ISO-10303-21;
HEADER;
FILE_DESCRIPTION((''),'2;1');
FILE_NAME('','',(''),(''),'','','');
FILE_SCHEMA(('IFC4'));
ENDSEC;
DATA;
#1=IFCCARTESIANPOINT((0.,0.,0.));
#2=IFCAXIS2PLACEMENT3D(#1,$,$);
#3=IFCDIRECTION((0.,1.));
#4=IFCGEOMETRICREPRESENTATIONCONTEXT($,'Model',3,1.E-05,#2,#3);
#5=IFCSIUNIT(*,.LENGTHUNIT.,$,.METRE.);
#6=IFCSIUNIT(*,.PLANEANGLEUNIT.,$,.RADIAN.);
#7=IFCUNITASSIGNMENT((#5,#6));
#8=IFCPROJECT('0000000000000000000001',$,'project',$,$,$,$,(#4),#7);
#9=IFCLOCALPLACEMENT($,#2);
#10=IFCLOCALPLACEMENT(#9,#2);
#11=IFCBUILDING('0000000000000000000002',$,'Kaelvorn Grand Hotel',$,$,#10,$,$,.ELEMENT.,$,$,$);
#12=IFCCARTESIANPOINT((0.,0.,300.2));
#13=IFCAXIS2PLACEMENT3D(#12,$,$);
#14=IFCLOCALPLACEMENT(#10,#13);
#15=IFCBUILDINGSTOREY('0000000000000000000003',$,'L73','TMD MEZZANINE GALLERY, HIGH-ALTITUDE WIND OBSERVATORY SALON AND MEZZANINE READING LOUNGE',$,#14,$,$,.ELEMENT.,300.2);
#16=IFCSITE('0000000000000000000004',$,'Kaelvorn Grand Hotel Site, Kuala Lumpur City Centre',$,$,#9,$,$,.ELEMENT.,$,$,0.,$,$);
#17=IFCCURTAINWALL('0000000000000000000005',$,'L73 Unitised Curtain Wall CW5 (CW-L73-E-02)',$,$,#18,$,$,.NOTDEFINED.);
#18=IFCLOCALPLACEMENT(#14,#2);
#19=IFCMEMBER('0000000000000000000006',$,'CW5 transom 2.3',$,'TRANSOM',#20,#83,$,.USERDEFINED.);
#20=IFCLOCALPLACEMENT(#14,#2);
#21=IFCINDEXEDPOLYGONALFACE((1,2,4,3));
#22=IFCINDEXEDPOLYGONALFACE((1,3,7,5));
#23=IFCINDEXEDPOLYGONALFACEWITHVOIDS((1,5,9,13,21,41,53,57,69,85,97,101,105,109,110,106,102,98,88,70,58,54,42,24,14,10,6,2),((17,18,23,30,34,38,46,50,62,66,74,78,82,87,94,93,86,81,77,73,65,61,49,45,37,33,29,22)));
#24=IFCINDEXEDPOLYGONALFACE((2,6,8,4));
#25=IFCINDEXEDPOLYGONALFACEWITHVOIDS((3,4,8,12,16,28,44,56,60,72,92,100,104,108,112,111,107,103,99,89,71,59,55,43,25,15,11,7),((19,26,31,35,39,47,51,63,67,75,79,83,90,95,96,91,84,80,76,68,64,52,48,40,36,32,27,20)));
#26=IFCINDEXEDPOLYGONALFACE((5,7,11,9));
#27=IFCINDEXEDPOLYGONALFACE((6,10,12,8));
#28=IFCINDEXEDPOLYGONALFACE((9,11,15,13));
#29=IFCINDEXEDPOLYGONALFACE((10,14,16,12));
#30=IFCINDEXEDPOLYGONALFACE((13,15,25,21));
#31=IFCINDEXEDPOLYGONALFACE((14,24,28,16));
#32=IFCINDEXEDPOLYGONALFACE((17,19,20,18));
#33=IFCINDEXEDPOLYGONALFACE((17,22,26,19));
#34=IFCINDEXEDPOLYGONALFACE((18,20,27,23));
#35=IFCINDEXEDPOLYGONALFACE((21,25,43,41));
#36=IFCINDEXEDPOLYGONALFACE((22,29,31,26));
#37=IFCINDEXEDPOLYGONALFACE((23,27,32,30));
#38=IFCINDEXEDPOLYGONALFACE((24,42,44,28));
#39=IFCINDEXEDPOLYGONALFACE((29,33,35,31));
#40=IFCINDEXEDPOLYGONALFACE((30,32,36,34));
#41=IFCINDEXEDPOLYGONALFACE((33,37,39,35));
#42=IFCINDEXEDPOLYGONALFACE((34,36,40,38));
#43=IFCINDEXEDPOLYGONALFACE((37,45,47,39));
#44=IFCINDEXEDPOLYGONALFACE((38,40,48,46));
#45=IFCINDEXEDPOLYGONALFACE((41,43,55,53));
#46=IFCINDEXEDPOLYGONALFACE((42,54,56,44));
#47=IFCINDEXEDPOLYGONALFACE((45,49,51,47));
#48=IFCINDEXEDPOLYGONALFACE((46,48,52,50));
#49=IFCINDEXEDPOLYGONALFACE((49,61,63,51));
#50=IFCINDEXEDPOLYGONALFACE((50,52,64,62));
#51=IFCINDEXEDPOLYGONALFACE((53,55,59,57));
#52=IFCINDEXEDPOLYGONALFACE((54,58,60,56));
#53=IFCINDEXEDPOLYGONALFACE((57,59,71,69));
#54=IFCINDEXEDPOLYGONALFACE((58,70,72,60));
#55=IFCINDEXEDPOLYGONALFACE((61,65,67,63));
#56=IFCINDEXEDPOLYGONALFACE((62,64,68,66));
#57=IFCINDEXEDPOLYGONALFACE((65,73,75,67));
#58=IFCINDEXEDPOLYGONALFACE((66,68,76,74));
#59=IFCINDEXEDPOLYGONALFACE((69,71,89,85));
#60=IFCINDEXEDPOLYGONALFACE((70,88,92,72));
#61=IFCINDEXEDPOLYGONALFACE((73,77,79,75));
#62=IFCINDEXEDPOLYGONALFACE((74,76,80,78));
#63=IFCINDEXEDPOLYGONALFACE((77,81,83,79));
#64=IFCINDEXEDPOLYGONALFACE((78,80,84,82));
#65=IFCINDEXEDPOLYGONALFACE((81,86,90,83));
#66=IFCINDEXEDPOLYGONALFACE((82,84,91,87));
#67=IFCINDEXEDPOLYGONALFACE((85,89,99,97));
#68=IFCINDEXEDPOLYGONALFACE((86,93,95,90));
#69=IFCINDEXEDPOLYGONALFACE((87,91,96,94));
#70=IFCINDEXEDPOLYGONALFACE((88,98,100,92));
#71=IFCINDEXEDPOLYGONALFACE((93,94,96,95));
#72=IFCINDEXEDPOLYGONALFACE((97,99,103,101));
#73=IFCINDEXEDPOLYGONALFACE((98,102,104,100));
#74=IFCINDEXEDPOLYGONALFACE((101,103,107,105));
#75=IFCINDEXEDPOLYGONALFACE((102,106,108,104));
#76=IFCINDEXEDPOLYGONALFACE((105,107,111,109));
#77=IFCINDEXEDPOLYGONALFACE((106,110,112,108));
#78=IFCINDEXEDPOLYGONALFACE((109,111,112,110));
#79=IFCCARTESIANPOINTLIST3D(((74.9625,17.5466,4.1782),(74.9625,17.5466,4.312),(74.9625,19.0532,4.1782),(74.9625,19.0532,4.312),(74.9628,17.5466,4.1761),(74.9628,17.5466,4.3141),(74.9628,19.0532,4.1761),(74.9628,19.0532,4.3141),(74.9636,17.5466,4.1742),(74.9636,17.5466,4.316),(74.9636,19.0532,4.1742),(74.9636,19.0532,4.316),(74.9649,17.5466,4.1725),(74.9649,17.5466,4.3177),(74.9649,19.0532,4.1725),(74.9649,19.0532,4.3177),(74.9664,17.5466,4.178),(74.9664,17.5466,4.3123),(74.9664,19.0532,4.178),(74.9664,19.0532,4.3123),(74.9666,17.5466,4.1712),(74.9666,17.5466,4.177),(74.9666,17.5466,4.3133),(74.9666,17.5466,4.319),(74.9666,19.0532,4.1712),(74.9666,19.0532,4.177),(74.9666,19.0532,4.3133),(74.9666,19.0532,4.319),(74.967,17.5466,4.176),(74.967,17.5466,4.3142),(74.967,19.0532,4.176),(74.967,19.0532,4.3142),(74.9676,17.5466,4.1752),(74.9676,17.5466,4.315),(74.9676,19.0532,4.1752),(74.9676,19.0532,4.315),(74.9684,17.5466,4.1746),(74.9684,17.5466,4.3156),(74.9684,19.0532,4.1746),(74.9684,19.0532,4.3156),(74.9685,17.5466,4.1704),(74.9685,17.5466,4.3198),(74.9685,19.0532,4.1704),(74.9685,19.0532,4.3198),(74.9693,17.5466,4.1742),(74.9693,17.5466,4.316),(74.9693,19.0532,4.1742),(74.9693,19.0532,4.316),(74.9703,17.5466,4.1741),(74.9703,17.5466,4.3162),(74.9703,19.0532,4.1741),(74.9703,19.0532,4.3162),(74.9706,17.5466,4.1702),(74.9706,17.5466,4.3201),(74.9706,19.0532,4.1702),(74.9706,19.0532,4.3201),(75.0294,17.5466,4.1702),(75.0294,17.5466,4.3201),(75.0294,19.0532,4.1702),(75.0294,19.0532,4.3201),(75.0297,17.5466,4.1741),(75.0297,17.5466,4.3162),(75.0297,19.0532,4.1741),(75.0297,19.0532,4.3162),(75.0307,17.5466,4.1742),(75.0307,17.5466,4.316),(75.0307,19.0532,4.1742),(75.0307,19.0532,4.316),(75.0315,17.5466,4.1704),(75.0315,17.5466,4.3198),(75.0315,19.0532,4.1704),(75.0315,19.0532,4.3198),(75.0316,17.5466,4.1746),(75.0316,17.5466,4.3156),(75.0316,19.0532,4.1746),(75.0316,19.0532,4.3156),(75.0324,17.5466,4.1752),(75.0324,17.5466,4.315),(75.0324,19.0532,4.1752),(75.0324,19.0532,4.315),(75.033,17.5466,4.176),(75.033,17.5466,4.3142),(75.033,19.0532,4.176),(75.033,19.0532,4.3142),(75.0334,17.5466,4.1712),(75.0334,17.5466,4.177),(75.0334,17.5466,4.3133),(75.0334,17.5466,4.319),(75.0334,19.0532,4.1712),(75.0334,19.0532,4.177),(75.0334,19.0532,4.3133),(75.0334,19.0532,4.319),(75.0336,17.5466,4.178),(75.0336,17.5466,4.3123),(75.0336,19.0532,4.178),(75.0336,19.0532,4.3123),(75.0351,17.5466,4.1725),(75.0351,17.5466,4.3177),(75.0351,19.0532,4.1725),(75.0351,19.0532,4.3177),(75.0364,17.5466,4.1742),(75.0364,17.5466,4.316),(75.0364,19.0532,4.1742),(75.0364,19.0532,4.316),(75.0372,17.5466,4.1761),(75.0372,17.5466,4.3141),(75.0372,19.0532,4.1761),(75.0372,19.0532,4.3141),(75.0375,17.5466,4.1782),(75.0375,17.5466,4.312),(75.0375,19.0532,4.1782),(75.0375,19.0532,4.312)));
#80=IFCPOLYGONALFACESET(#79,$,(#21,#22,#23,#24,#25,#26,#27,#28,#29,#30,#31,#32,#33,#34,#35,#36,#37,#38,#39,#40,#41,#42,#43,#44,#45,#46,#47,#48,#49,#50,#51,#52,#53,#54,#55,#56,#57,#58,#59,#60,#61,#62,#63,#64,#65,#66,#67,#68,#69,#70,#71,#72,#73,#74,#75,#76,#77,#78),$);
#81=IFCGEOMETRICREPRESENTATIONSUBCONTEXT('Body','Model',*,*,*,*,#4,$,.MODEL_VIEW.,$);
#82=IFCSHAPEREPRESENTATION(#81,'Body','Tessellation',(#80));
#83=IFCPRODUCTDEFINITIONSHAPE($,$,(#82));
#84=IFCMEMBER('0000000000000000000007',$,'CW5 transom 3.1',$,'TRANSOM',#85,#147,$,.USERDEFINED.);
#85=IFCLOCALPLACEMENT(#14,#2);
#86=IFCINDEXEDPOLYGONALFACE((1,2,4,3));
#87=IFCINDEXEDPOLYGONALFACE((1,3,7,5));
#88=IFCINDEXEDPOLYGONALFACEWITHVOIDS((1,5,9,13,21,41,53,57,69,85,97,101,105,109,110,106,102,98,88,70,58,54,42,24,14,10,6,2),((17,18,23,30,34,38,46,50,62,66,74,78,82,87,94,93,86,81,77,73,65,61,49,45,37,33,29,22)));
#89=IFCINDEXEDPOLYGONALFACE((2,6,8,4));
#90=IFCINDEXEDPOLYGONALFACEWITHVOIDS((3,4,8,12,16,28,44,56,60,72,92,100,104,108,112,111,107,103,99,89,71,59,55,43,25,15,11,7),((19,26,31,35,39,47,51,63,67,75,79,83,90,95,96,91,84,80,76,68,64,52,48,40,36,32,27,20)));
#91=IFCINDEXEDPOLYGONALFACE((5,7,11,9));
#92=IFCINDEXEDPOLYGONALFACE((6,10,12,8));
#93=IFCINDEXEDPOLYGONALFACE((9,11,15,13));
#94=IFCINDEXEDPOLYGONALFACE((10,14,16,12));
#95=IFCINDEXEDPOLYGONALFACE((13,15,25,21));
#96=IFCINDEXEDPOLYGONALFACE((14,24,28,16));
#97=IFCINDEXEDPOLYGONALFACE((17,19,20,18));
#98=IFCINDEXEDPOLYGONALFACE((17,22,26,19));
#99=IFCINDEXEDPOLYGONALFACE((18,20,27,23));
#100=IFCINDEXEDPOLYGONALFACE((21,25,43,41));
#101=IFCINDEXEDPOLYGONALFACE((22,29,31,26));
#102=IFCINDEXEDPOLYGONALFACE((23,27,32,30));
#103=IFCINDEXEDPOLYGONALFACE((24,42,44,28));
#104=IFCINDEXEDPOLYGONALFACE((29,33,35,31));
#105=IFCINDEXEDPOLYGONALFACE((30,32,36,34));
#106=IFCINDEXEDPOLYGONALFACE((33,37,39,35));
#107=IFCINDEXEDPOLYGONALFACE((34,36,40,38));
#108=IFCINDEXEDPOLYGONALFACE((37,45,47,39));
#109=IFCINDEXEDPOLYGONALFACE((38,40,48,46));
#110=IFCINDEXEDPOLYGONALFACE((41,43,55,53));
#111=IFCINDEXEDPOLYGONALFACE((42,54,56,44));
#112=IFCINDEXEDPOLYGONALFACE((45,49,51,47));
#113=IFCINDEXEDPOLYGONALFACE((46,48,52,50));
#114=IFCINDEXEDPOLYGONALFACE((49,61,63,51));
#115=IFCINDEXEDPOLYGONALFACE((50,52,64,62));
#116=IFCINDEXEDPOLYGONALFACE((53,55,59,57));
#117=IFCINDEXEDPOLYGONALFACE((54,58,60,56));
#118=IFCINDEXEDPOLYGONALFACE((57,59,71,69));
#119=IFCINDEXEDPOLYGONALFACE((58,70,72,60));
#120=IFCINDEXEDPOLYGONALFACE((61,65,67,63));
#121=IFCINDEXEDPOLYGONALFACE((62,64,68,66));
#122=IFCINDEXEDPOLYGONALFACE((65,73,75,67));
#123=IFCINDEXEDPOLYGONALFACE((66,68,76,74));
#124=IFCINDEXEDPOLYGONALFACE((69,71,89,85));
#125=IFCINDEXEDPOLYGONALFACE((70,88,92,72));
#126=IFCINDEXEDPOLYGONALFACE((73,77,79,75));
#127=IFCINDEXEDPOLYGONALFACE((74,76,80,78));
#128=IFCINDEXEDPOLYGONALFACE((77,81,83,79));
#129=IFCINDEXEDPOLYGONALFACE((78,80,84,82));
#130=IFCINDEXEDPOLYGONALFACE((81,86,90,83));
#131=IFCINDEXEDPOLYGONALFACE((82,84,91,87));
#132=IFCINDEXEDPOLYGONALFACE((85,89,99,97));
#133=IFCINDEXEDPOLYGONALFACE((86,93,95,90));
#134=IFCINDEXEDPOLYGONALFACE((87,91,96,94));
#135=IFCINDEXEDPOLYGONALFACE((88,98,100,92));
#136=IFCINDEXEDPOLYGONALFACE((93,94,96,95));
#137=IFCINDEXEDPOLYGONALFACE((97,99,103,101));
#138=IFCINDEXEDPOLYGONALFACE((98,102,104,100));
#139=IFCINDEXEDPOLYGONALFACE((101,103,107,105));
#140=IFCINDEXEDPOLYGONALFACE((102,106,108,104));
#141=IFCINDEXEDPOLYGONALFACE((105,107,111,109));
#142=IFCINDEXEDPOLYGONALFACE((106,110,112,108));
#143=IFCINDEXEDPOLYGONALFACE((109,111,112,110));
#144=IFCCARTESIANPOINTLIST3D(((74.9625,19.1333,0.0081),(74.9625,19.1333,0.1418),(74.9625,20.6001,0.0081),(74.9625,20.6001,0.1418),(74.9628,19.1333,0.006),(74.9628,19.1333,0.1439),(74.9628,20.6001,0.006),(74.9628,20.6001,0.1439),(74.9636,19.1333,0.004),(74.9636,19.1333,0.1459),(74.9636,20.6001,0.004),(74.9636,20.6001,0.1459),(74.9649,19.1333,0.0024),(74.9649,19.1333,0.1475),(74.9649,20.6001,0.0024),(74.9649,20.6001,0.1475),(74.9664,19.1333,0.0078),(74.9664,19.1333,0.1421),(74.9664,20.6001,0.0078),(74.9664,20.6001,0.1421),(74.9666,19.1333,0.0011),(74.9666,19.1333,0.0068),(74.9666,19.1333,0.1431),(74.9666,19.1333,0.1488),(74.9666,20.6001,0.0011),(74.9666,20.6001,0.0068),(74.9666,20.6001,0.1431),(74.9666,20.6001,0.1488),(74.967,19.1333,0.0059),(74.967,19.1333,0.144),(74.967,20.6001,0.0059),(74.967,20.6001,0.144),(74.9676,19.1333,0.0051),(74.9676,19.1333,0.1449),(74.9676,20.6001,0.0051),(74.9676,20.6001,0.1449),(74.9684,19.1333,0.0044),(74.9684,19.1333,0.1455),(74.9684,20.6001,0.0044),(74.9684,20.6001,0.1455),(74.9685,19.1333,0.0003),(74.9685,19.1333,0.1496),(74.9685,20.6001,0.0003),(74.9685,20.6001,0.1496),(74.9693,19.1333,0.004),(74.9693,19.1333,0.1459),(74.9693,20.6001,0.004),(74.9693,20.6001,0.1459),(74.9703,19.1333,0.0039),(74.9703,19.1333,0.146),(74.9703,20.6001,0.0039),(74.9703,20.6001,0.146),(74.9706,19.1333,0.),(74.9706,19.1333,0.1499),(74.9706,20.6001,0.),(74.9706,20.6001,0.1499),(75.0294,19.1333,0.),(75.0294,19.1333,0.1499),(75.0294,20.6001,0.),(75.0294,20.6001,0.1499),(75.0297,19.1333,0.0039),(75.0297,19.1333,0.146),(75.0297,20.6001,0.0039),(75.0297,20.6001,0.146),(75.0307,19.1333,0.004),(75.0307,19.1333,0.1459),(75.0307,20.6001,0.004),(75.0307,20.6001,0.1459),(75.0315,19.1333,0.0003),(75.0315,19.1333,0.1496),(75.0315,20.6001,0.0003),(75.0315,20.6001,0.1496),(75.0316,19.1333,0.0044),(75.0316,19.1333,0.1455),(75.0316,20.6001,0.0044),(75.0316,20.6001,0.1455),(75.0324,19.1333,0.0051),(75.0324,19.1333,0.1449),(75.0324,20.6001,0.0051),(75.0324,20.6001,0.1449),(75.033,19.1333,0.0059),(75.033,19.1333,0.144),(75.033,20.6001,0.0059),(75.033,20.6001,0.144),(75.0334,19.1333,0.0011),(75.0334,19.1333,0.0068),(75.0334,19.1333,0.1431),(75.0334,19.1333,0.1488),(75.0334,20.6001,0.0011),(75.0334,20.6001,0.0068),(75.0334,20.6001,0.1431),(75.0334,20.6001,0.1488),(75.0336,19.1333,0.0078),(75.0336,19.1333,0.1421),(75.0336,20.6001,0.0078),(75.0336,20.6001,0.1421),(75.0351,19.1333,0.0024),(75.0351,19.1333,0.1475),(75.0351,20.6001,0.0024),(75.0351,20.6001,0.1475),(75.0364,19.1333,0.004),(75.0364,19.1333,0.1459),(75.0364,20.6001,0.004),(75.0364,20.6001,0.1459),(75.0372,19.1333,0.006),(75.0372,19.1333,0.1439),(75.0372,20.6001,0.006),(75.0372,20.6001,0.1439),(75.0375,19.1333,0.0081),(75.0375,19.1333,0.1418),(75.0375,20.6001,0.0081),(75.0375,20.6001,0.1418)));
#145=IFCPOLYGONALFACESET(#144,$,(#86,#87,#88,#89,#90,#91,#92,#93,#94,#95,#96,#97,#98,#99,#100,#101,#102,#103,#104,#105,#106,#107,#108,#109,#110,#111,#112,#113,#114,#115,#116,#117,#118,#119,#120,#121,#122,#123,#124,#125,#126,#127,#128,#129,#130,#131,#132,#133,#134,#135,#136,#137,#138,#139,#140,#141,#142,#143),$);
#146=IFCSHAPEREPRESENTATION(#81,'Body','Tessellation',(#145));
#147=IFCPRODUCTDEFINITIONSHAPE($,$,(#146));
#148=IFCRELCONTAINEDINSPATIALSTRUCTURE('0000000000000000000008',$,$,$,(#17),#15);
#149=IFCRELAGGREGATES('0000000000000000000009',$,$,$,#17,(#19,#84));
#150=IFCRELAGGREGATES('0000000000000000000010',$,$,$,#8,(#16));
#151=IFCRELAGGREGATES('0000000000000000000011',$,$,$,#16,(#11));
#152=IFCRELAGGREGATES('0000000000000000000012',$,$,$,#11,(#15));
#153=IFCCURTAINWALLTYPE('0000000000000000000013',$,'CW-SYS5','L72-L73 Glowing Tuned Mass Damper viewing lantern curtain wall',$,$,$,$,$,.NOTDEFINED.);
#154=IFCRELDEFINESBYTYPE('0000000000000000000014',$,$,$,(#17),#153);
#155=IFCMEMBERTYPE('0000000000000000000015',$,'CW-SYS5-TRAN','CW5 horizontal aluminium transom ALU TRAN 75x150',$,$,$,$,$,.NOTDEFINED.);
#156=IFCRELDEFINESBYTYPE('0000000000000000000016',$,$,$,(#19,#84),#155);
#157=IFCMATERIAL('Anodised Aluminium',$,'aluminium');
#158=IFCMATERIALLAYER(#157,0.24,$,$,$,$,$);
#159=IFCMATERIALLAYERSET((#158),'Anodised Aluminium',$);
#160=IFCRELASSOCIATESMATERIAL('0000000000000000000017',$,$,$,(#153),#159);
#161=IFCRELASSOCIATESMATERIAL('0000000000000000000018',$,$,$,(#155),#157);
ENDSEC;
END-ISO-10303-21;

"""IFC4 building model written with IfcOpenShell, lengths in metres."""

from ifc_helpers import new_model, si_unit, direction, frame, origin, origin_2d, place, context, subcontext, project, spatial, hollow_rectangle, extrude, material, layer, layer_set, material_profile, profile_set, type_object, element, aggregate, save


model = new_model("IFC4")

# Units and contexts
model_context = context("Model", 3, precision=1e-05, world=origin(), true_north=direction((0.0, 1.0)))
body_context = subcontext(model_context, "Body", "Model", "MODEL_VIEW")
ifc_project = project(units=[si_unit("LENGTHUNIT", "METRE"), si_unit("PLANEANGLEUNIT", "RADIAN")], contexts=[model_context])

# Site, building, storey
site_placement = place(None, origin())
site = spatial("IfcSite", under=ifc_project, at=site_placement, Name="Kaelvorn Grand Hotel Site, Kuala Lumpur City Centre", CompositionType="ELEMENT", RefElevation=0.0)
building_placement = place(site_placement, origin())
building = spatial("IfcBuilding", under=site, at=building_placement, Name="Kaelvorn Grand Hotel", CompositionType="ELEMENT")
storey_placement = place(building_placement, frame((0.0, 0.0, 300.2)))
storey = spatial("IfcBuildingStorey", under=building, at=storey_placement, Name="L73", Description="TMD MEZZANINE GALLERY, HIGH-ALTITUDE WIND OBSERVATORY SALON AND MEZZANINE READING LOUNGE", CompositionType="ELEMENT", Elevation=300.2)

# Curtain wall, members
ifc_material_1 = material(Name="Anodised Aluminium", Category="aluminium")
ifc_layer_1 = layer(ifc_material_1, 0.24)
ifc_layer_set_1 = layer_set([ifc_layer_1], Name="Anodised Aluminium")
curtain_wall_type = type_object("IfcCurtainWallType", Name="CW-SYS5", Description="L72-L73 Glowing Tuned Mass Damper viewing lantern curtain wall", PredefinedType="NOTDEFINED", material=ifc_layer_set_1)
curtain_wall_placement = place(storey_placement, origin())
curtain_wall = element("IfcCurtainWall", 1, at=curtain_wall_placement, inside=storey, type_object=curtain_wall_type, Name="L73 Unitised Curtain Wall CW5 (CW-L73-E-02)", PredefinedType="NOTDEFINED")
ifc_material_profile_1 = material_profile(ifc_material_1, hollow_rectangle(XDim=0.075, YDim=0.1499, WallThickness=0.0039, InnerFilletRadius=0.0039, OuterFilletRadius=0.0081, at=origin_2d()), Name="ALU TRAN 75x150")
ifc_profile_set_1 = profile_set([ifc_material_profile_1], Name="Anodised Aluminium")
member_type_1 = type_object("IfcMemberType", Name="CW-SYS5-TRAN", Description="CW5 horizontal aluminium transom ALU TRAN 75x150", PredefinedType="NOTDEFINED", material=ifc_profile_set_1)
member_1_placement = place(storey_placement, frame((75.0, 17.5466, 4.2451), z_axis=(0.0, 1.0, 0.0), x_axis=(-1.0, 0.0, 0.0)))
member_1 = element("IfcMember", 2, at=member_1_placement, type_object=member_type_1, Name="CW5 transom 2.3", ObjectType="TRANSOM", PredefinedType="USERDEFINED", context=body_context, shape_type="SweptSolid", body=[
    extrude(hollow_rectangle(XDim=0.075, YDim=0.1499, WallThickness=0.0039, InnerFilletRadius=0.0039, OuterFilletRadius=0.0081, at=origin_2d()), origin(), (0.0, 0.0, 1.0), 1.5066),
])
member_2_placement = place(storey_placement, frame((75.0, 19.1333, 0.075), z_axis=(0.0, 1.0, 0.0), x_axis=(-1.0, 0.0, 0.0)))
member_2 = element("IfcMember", 3, at=member_2_placement, type_object=member_type_1, Name="CW5 transom 3.1", ObjectType="TRANSOM", PredefinedType="USERDEFINED", context=body_context, shape_type="SweptSolid", body=[
    extrude(hollow_rectangle(XDim=0.075, YDim=0.1499, WallThickness=0.0039, InnerFilletRadius=0.0039, OuterFilletRadius=0.0081, at=origin_2d()), origin(), (0.0, 0.0, 1.0), 1.4668),
])
aggregate(curtain_wall, [member_1, member_2])

save(model, "model.ifc")
